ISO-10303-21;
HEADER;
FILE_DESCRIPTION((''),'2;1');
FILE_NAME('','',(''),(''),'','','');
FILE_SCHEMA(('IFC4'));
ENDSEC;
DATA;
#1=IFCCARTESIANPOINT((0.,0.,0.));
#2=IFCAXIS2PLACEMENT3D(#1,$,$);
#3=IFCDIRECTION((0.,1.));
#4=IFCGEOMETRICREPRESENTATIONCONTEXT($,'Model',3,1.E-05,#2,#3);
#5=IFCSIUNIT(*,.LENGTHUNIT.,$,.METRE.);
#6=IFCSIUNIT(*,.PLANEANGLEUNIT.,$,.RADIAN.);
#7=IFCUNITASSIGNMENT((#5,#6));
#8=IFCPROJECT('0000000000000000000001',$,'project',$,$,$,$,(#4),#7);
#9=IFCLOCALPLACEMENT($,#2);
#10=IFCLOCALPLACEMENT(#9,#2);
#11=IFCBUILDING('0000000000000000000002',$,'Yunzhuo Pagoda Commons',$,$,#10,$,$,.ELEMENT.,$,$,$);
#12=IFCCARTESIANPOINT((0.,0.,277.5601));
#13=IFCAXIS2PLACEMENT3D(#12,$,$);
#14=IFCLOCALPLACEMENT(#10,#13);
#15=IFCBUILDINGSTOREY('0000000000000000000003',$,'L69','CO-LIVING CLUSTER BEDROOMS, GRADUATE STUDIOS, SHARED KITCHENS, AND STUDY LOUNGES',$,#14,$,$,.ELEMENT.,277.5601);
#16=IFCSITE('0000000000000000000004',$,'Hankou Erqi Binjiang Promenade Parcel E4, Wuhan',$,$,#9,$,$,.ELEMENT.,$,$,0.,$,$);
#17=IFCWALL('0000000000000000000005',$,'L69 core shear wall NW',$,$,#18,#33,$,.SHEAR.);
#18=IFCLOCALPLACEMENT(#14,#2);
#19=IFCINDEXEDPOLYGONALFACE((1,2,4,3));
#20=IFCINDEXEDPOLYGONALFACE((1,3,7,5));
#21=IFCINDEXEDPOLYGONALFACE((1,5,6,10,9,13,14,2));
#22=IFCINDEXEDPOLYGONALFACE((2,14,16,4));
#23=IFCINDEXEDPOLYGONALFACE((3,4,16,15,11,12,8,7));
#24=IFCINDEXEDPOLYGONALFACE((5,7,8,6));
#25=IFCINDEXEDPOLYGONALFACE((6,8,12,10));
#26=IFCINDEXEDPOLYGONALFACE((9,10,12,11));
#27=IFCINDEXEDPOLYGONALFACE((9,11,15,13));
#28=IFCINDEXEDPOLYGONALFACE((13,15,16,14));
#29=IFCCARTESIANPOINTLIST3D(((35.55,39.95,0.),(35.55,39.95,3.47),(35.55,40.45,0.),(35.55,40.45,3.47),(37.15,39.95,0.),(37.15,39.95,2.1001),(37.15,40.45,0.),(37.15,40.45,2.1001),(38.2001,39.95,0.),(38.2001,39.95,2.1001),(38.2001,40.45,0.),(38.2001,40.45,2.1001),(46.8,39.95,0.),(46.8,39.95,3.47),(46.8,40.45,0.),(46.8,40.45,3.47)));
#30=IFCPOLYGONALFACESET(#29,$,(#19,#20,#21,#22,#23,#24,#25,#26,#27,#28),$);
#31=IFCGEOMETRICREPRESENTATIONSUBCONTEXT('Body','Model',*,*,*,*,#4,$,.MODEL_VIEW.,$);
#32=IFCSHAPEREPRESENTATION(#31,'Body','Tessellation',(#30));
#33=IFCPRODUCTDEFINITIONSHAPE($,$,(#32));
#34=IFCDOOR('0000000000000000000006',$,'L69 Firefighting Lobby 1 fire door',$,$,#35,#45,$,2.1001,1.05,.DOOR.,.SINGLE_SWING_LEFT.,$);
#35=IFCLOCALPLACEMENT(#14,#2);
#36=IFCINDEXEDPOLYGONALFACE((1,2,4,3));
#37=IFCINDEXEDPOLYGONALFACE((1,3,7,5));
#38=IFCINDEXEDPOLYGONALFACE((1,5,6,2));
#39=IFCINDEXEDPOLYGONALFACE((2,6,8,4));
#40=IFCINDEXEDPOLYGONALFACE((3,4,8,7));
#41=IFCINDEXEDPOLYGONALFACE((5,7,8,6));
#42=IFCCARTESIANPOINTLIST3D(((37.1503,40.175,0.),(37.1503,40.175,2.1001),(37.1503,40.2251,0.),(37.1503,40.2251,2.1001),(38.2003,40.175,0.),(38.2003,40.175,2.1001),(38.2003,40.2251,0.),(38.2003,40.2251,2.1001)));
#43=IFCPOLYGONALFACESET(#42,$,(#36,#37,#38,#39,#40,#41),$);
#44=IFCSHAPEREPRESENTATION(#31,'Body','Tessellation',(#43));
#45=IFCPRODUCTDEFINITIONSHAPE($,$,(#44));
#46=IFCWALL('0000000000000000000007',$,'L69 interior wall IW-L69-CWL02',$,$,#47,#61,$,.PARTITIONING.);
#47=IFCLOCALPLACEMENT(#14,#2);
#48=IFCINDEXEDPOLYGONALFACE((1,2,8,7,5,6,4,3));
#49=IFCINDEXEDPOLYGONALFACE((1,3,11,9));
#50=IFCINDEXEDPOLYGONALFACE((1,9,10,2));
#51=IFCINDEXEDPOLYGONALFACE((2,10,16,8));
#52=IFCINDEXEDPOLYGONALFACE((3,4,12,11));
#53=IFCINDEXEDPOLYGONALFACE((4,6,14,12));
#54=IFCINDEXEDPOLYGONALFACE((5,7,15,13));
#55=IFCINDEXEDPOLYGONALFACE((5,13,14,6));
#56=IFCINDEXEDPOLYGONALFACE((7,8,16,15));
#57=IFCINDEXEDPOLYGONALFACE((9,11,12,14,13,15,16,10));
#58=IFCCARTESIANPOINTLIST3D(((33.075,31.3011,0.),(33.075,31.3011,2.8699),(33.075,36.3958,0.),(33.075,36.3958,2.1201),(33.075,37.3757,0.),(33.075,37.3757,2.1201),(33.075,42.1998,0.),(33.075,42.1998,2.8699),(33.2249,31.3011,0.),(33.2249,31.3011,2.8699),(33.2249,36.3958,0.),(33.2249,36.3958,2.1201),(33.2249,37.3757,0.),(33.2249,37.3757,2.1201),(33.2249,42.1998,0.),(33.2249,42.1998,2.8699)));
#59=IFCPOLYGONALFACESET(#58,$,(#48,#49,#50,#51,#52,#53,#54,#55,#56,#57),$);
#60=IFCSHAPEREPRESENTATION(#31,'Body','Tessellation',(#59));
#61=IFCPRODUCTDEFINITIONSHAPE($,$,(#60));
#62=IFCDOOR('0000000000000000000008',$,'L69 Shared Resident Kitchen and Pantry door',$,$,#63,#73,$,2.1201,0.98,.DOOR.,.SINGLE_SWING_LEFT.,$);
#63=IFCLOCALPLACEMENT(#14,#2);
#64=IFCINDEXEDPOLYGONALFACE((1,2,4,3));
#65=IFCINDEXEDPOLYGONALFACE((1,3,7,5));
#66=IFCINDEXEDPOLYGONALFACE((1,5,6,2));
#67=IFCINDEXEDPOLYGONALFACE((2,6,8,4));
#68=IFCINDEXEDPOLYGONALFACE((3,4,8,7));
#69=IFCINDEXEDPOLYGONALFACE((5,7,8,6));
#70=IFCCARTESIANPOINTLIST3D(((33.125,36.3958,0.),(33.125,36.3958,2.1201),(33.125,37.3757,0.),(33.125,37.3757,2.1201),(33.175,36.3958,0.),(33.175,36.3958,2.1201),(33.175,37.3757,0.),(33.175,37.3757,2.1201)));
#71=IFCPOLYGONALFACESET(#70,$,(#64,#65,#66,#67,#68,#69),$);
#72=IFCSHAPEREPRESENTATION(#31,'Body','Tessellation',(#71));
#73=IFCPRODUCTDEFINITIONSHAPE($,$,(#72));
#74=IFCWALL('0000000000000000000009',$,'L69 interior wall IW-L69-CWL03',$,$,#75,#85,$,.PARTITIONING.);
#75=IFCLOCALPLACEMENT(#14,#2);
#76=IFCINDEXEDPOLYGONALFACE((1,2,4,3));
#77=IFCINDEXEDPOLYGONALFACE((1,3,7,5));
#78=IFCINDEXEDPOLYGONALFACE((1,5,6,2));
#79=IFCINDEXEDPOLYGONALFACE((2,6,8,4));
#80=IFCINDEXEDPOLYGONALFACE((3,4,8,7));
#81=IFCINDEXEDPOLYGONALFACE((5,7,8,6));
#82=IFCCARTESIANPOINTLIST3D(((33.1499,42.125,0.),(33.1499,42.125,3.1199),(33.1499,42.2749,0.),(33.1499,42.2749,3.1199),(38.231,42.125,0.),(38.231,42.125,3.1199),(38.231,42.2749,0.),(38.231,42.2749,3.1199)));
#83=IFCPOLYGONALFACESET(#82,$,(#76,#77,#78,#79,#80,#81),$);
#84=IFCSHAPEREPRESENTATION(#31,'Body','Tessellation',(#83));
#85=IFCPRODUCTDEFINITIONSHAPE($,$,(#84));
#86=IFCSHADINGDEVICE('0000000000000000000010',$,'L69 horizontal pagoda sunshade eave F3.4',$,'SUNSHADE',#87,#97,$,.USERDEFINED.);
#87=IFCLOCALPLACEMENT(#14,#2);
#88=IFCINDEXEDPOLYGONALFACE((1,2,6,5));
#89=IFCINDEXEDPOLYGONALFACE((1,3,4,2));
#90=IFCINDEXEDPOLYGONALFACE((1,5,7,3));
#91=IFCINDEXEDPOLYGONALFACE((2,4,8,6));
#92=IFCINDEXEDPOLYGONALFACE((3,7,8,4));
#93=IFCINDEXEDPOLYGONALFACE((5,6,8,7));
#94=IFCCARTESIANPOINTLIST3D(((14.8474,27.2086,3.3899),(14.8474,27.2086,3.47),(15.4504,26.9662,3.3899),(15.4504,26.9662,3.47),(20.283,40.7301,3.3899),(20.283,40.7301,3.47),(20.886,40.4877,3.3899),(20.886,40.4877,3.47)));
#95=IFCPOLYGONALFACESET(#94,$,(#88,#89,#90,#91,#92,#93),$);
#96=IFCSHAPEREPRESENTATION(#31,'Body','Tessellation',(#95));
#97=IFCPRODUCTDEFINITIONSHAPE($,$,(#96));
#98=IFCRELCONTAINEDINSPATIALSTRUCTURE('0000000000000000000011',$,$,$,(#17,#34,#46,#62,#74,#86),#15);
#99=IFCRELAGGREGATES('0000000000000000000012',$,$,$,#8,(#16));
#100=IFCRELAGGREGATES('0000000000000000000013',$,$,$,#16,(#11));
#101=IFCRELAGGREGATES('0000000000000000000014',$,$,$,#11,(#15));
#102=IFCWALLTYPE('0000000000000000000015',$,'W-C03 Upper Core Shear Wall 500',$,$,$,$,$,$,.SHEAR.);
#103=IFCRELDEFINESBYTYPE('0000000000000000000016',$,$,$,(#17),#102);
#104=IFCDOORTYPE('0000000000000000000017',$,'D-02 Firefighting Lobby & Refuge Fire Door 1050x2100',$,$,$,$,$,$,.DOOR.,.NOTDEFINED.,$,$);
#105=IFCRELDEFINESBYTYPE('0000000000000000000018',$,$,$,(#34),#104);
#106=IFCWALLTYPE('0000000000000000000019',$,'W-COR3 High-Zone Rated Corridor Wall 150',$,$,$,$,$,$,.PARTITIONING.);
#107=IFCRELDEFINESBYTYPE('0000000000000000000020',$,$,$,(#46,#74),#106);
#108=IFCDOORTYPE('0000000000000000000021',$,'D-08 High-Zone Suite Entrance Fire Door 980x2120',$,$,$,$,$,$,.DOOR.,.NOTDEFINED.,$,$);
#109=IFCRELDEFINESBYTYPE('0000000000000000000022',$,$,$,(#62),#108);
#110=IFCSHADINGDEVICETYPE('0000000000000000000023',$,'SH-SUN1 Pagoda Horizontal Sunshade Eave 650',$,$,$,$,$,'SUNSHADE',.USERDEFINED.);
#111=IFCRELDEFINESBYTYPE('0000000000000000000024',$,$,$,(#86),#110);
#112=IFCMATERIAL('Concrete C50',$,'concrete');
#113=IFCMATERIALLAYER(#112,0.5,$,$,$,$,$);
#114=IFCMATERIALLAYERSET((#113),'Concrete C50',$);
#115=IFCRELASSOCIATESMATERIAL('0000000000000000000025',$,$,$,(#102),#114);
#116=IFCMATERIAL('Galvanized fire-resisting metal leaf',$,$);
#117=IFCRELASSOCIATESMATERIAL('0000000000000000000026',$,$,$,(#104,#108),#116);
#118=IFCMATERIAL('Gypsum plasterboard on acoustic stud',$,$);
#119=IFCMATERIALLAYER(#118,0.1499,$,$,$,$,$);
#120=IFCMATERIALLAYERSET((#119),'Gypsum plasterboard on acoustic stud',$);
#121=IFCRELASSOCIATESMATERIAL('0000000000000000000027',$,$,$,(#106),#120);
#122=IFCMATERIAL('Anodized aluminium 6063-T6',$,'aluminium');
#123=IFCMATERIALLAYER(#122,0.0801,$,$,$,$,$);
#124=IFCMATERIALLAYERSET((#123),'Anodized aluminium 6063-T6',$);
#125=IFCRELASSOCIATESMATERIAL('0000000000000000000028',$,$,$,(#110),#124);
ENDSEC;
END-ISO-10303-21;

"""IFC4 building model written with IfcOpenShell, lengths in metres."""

from ifc_helpers import new_model, si_unit, direction, frame, frame_2d, origin, origin_with_axes, origin_2d, place, context, subcontext, project, spatial, rectangle, extrude, source, transform, mapped, material, layer, layer_set, type_object, element, fill, save


model = new_model("IFC4")

# Units and contexts
model_context = context("Model", 3, precision=1e-05, world=origin(), true_north=direction((0.0, 1.0)))
body_context = subcontext(model_context, "Body", "Model", "MODEL_VIEW")
ifc_project = project(units=[si_unit("LENGTHUNIT", "METRE"), si_unit("PLANEANGLEUNIT", "RADIAN")], contexts=[model_context])

# Site, building, storey
site_placement = place(None, origin())
site = spatial("IfcSite", under=ifc_project, at=site_placement, Name="Hankou Erqi Binjiang Promenade Parcel E4, Wuhan", CompositionType="ELEMENT", RefElevation=0.0)
building_placement = place(site_placement, origin())
building = spatial("IfcBuilding", under=site, at=building_placement, Name="Yunzhuo Pagoda Commons", CompositionType="ELEMENT")
storey_placement = place(building_placement, frame((0.0, 0.0, 277.5601)))
storey = spatial("IfcBuildingStorey", under=building, at=storey_placement, Name="L69", Description="CO-LIVING CLUSTER BEDROOMS, GRADUATE STUDIOS, SHARED KITCHENS, AND STUDY LOUNGES", CompositionType="ELEMENT", Elevation=277.5601)

# Shared definitions
ifc_material_1 = material(Name="Anodized aluminium 6063-T6", Category="aluminium")

# Walls, openings, doors
ifc_material_2 = material(Name="Concrete C50", Category="concrete")
ifc_layer_1 = layer(ifc_material_2, 0.5)
ifc_layer_set_1 = layer_set([ifc_layer_1], Name="Concrete C50")
wall_type_1 = type_object("IfcWallType", Name="W-C03 Upper Core Shear Wall 500", PredefinedType="SHEAR", material=ifc_layer_set_1)
wall_1_placement = place(storey_placement, frame((35.55, 40.2, 0.0), z_axis=(0.0, 0.0, 1.0), x_axis=(1.0, 0.0, 0.0)))
wall_1 = element("IfcWall", 1, at=wall_1_placement, inside=storey, type_object=wall_type_1, Name="L69 core shear wall NW", PredefinedType="SHEAR", context=body_context, shape_type="SweptSolid", body=[
    extrude(rectangle(XDim=11.25, YDim=0.5, at=frame_2d((5.625, 0.0))), origin(), (0.0, 0.0, 1.0), 3.47),
])
opening_1_placement = place(wall_1_placement, frame((1.6001, 0.0, 0.0)))
opening_1 = element("IfcOpeningElement", 2, at=opening_1_placement, cuts=wall_1, PredefinedType="OPENING", context=body_context, shape_type="SweptSolid", body=[
    extrude(rectangle(XDim=1.05, YDim=2.1001, at=frame_2d((0.5249, 1.05))), frame((0.0, 0.26, 0.0), z_axis=(0.0, -1.0, 0.0), x_axis=(1.0, 0.0, 0.0)), (0.0, 0.0, 1.0), 0.52),
])
ifc_material_3 = material(Name="Galvanized fire-resisting metal leaf")
door_type_1 = type_object("IfcDoorType", Name="D-02 Firefighting Lobby & Refuge Fire Door 1050x2100", OperationType="NOTDEFINED", PredefinedType="DOOR", material=ifc_material_3)
shared_shape_1 = source(origin(), body_context, "Body", "SweptSolid", [
    extrude(rectangle(XDim=1.05, YDim=2.1001, at=frame_2d((0.5249, 1.05))), frame((0.0, 0.0249, 0.0), z_axis=(0.0, -1.0, 0.0), x_axis=(1.0, 0.0, 0.0)), (0.0, 0.0, 1.0), 0.05),
])
door_1_placement = place(opening_1_placement, frame((1.05, 0.0, 0.0), z_axis=(0.0, 0.0, 1.0), x_axis=(-1.0, 0.0, 0.0)))
door_1 = element("IfcDoor", 3, at=door_1_placement, inside=storey, type_object=door_type_1, Name="L69 Firefighting Lobby 1 fire door", OperationType="SINGLE_SWING_LEFT", OverallHeight=2.1001, OverallWidth=1.05, PredefinedType="DOOR", context=body_context, shape_type="MappedRepresentation", body=[
    mapped(shared_shape_1, transform((0.0, 0.0, 0.0), scale=1.0)),
])
fill(opening_1, door_1)
ifc_material_4 = material(Name="Gypsum plasterboard on acoustic stud")
ifc_layer_2 = layer(ifc_material_4, 0.1499)
ifc_layer_set_2 = layer_set([ifc_layer_2], Name="Gypsum plasterboard on acoustic stud")
wall_type_2 = type_object("IfcWallType", Name="W-COR3 High-Zone Rated Corridor Wall 150", PredefinedType="PARTITIONING", material=ifc_layer_set_2)
wall_2_placement = place(storey_placement, frame((33.1499, 31.3013, 0.0), z_axis=(0.0, 0.0, 1.0), x_axis=(0.0, 1.0, 0.0)))
wall_2 = element("IfcWall", 4, at=wall_2_placement, inside=storey, type_object=wall_type_2, Name="L69 interior wall IW-L69-CWL02", PredefinedType="PARTITIONING", context=body_context, shape_type="SweptSolid", body=[
    extrude(rectangle(XDim=10.8987, YDim=0.1499, at=frame_2d((5.4492, 0.0))), origin(), (0.0, 0.0, 1.0), 2.8699),
])
opening_2_placement = place(wall_2_placement, frame((5.0945, 0.0, 0.0)))
opening_2 = element("IfcOpeningElement", 5, at=opening_2_placement, cuts=wall_2, PredefinedType="OPENING", context=body_context, shape_type="SweptSolid", body=[
    extrude(rectangle(XDim=0.98, YDim=2.1201, at=frame_2d((0.49, 1.0601))), frame((0.0, 0.085, 0.0), z_axis=(0.0, -1.0, 0.0), x_axis=(1.0, 0.0, 0.0)), (0.0, 0.0, 1.0), 0.1699),
])
door_type_2 = type_object("IfcDoorType", Name="D-08 High-Zone Suite Entrance Fire Door 980x2120", OperationType="NOTDEFINED", PredefinedType="DOOR", material=ifc_material_3)
shared_shape_2 = source(origin(), body_context, "Body", "SweptSolid", [
    extrude(rectangle(XDim=0.98, YDim=2.1201, at=frame_2d((0.49, 1.0601))), frame((0.0, 0.0249, 0.0), z_axis=(0.0, -1.0, 0.0), x_axis=(1.0, 0.0, 0.0)), (0.0, 0.0, 1.0), 0.05),
])
door_2_placement = place(opening_2_placement, origin_with_axes())
door_2 = element("IfcDoor", 6, at=door_2_placement, inside=storey, type_object=door_type_2, Name="L69 Shared Resident Kitchen and Pantry door", OperationType="SINGLE_SWING_LEFT", OverallHeight=2.1201, OverallWidth=0.98, PredefinedType="DOOR", context=body_context, shape_type="MappedRepresentation", body=[
    mapped(shared_shape_2, transform((0.0, 0.0, 0.0), scale=1.0)),
])
fill(opening_2, door_2)

# Wall
wall_3_placement = place(storey_placement, frame((33.1499, 42.2, 0.0), z_axis=(0.0, 0.0, 1.0), x_axis=(1.0, 0.0, 0.0)))
element("IfcWall", 7, at=wall_3_placement, inside=storey, type_object=wall_type_2, Name="L69 interior wall IW-L69-CWL03", PredefinedType="PARTITIONING", context=body_context, shape_type="SweptSolid", body=[
    extrude(rectangle(XDim=5.0811, YDim=0.1499, at=frame_2d((2.5405, 0.0))), origin(), (0.0, 0.0, 1.0), 3.1199),
])

# Shading device
ifc_layer_3 = layer(ifc_material_1, 0.0801)
ifc_layer_set_3 = layer_set([ifc_layer_3], Name="Anodized aluminium 6063-T6")
shading_device_type = type_object("IfcShadingDeviceType", Name="SH-SUN1 Pagoda Horizontal Sunshade Eave 650", ElementType="SUNSHADE", PredefinedType="USERDEFINED", material=ifc_layer_set_3)
shared_shape_3 = source(origin(), body_context, "Body", "SweptSolid", [
    extrude(rectangle(XDim=14.5732, YDim=0.6499, at=origin_2d()), origin(), (0.0, 0.0, 1.0), 0.0801),
])
shading_device_placement = place(storey_placement, frame((17.8667, 33.8481, 3.3899), z_axis=(0.0, 0.0, 1.0), x_axis=(-0.372988, -0.927836, 0.0)))
element("IfcShadingDevice", 8, at=shading_device_placement, inside=storey, type_object=shading_device_type, Name="L69 horizontal pagoda sunshade eave F3.4", ObjectType="SUNSHADE", PredefinedType="USERDEFINED", context=body_context, shape_type="MappedRepresentation", body=[
    mapped(shared_shape_3, transform((0.0, 0.0, 0.0), scale=1.0)),
])

save(model, "model.ifc")
